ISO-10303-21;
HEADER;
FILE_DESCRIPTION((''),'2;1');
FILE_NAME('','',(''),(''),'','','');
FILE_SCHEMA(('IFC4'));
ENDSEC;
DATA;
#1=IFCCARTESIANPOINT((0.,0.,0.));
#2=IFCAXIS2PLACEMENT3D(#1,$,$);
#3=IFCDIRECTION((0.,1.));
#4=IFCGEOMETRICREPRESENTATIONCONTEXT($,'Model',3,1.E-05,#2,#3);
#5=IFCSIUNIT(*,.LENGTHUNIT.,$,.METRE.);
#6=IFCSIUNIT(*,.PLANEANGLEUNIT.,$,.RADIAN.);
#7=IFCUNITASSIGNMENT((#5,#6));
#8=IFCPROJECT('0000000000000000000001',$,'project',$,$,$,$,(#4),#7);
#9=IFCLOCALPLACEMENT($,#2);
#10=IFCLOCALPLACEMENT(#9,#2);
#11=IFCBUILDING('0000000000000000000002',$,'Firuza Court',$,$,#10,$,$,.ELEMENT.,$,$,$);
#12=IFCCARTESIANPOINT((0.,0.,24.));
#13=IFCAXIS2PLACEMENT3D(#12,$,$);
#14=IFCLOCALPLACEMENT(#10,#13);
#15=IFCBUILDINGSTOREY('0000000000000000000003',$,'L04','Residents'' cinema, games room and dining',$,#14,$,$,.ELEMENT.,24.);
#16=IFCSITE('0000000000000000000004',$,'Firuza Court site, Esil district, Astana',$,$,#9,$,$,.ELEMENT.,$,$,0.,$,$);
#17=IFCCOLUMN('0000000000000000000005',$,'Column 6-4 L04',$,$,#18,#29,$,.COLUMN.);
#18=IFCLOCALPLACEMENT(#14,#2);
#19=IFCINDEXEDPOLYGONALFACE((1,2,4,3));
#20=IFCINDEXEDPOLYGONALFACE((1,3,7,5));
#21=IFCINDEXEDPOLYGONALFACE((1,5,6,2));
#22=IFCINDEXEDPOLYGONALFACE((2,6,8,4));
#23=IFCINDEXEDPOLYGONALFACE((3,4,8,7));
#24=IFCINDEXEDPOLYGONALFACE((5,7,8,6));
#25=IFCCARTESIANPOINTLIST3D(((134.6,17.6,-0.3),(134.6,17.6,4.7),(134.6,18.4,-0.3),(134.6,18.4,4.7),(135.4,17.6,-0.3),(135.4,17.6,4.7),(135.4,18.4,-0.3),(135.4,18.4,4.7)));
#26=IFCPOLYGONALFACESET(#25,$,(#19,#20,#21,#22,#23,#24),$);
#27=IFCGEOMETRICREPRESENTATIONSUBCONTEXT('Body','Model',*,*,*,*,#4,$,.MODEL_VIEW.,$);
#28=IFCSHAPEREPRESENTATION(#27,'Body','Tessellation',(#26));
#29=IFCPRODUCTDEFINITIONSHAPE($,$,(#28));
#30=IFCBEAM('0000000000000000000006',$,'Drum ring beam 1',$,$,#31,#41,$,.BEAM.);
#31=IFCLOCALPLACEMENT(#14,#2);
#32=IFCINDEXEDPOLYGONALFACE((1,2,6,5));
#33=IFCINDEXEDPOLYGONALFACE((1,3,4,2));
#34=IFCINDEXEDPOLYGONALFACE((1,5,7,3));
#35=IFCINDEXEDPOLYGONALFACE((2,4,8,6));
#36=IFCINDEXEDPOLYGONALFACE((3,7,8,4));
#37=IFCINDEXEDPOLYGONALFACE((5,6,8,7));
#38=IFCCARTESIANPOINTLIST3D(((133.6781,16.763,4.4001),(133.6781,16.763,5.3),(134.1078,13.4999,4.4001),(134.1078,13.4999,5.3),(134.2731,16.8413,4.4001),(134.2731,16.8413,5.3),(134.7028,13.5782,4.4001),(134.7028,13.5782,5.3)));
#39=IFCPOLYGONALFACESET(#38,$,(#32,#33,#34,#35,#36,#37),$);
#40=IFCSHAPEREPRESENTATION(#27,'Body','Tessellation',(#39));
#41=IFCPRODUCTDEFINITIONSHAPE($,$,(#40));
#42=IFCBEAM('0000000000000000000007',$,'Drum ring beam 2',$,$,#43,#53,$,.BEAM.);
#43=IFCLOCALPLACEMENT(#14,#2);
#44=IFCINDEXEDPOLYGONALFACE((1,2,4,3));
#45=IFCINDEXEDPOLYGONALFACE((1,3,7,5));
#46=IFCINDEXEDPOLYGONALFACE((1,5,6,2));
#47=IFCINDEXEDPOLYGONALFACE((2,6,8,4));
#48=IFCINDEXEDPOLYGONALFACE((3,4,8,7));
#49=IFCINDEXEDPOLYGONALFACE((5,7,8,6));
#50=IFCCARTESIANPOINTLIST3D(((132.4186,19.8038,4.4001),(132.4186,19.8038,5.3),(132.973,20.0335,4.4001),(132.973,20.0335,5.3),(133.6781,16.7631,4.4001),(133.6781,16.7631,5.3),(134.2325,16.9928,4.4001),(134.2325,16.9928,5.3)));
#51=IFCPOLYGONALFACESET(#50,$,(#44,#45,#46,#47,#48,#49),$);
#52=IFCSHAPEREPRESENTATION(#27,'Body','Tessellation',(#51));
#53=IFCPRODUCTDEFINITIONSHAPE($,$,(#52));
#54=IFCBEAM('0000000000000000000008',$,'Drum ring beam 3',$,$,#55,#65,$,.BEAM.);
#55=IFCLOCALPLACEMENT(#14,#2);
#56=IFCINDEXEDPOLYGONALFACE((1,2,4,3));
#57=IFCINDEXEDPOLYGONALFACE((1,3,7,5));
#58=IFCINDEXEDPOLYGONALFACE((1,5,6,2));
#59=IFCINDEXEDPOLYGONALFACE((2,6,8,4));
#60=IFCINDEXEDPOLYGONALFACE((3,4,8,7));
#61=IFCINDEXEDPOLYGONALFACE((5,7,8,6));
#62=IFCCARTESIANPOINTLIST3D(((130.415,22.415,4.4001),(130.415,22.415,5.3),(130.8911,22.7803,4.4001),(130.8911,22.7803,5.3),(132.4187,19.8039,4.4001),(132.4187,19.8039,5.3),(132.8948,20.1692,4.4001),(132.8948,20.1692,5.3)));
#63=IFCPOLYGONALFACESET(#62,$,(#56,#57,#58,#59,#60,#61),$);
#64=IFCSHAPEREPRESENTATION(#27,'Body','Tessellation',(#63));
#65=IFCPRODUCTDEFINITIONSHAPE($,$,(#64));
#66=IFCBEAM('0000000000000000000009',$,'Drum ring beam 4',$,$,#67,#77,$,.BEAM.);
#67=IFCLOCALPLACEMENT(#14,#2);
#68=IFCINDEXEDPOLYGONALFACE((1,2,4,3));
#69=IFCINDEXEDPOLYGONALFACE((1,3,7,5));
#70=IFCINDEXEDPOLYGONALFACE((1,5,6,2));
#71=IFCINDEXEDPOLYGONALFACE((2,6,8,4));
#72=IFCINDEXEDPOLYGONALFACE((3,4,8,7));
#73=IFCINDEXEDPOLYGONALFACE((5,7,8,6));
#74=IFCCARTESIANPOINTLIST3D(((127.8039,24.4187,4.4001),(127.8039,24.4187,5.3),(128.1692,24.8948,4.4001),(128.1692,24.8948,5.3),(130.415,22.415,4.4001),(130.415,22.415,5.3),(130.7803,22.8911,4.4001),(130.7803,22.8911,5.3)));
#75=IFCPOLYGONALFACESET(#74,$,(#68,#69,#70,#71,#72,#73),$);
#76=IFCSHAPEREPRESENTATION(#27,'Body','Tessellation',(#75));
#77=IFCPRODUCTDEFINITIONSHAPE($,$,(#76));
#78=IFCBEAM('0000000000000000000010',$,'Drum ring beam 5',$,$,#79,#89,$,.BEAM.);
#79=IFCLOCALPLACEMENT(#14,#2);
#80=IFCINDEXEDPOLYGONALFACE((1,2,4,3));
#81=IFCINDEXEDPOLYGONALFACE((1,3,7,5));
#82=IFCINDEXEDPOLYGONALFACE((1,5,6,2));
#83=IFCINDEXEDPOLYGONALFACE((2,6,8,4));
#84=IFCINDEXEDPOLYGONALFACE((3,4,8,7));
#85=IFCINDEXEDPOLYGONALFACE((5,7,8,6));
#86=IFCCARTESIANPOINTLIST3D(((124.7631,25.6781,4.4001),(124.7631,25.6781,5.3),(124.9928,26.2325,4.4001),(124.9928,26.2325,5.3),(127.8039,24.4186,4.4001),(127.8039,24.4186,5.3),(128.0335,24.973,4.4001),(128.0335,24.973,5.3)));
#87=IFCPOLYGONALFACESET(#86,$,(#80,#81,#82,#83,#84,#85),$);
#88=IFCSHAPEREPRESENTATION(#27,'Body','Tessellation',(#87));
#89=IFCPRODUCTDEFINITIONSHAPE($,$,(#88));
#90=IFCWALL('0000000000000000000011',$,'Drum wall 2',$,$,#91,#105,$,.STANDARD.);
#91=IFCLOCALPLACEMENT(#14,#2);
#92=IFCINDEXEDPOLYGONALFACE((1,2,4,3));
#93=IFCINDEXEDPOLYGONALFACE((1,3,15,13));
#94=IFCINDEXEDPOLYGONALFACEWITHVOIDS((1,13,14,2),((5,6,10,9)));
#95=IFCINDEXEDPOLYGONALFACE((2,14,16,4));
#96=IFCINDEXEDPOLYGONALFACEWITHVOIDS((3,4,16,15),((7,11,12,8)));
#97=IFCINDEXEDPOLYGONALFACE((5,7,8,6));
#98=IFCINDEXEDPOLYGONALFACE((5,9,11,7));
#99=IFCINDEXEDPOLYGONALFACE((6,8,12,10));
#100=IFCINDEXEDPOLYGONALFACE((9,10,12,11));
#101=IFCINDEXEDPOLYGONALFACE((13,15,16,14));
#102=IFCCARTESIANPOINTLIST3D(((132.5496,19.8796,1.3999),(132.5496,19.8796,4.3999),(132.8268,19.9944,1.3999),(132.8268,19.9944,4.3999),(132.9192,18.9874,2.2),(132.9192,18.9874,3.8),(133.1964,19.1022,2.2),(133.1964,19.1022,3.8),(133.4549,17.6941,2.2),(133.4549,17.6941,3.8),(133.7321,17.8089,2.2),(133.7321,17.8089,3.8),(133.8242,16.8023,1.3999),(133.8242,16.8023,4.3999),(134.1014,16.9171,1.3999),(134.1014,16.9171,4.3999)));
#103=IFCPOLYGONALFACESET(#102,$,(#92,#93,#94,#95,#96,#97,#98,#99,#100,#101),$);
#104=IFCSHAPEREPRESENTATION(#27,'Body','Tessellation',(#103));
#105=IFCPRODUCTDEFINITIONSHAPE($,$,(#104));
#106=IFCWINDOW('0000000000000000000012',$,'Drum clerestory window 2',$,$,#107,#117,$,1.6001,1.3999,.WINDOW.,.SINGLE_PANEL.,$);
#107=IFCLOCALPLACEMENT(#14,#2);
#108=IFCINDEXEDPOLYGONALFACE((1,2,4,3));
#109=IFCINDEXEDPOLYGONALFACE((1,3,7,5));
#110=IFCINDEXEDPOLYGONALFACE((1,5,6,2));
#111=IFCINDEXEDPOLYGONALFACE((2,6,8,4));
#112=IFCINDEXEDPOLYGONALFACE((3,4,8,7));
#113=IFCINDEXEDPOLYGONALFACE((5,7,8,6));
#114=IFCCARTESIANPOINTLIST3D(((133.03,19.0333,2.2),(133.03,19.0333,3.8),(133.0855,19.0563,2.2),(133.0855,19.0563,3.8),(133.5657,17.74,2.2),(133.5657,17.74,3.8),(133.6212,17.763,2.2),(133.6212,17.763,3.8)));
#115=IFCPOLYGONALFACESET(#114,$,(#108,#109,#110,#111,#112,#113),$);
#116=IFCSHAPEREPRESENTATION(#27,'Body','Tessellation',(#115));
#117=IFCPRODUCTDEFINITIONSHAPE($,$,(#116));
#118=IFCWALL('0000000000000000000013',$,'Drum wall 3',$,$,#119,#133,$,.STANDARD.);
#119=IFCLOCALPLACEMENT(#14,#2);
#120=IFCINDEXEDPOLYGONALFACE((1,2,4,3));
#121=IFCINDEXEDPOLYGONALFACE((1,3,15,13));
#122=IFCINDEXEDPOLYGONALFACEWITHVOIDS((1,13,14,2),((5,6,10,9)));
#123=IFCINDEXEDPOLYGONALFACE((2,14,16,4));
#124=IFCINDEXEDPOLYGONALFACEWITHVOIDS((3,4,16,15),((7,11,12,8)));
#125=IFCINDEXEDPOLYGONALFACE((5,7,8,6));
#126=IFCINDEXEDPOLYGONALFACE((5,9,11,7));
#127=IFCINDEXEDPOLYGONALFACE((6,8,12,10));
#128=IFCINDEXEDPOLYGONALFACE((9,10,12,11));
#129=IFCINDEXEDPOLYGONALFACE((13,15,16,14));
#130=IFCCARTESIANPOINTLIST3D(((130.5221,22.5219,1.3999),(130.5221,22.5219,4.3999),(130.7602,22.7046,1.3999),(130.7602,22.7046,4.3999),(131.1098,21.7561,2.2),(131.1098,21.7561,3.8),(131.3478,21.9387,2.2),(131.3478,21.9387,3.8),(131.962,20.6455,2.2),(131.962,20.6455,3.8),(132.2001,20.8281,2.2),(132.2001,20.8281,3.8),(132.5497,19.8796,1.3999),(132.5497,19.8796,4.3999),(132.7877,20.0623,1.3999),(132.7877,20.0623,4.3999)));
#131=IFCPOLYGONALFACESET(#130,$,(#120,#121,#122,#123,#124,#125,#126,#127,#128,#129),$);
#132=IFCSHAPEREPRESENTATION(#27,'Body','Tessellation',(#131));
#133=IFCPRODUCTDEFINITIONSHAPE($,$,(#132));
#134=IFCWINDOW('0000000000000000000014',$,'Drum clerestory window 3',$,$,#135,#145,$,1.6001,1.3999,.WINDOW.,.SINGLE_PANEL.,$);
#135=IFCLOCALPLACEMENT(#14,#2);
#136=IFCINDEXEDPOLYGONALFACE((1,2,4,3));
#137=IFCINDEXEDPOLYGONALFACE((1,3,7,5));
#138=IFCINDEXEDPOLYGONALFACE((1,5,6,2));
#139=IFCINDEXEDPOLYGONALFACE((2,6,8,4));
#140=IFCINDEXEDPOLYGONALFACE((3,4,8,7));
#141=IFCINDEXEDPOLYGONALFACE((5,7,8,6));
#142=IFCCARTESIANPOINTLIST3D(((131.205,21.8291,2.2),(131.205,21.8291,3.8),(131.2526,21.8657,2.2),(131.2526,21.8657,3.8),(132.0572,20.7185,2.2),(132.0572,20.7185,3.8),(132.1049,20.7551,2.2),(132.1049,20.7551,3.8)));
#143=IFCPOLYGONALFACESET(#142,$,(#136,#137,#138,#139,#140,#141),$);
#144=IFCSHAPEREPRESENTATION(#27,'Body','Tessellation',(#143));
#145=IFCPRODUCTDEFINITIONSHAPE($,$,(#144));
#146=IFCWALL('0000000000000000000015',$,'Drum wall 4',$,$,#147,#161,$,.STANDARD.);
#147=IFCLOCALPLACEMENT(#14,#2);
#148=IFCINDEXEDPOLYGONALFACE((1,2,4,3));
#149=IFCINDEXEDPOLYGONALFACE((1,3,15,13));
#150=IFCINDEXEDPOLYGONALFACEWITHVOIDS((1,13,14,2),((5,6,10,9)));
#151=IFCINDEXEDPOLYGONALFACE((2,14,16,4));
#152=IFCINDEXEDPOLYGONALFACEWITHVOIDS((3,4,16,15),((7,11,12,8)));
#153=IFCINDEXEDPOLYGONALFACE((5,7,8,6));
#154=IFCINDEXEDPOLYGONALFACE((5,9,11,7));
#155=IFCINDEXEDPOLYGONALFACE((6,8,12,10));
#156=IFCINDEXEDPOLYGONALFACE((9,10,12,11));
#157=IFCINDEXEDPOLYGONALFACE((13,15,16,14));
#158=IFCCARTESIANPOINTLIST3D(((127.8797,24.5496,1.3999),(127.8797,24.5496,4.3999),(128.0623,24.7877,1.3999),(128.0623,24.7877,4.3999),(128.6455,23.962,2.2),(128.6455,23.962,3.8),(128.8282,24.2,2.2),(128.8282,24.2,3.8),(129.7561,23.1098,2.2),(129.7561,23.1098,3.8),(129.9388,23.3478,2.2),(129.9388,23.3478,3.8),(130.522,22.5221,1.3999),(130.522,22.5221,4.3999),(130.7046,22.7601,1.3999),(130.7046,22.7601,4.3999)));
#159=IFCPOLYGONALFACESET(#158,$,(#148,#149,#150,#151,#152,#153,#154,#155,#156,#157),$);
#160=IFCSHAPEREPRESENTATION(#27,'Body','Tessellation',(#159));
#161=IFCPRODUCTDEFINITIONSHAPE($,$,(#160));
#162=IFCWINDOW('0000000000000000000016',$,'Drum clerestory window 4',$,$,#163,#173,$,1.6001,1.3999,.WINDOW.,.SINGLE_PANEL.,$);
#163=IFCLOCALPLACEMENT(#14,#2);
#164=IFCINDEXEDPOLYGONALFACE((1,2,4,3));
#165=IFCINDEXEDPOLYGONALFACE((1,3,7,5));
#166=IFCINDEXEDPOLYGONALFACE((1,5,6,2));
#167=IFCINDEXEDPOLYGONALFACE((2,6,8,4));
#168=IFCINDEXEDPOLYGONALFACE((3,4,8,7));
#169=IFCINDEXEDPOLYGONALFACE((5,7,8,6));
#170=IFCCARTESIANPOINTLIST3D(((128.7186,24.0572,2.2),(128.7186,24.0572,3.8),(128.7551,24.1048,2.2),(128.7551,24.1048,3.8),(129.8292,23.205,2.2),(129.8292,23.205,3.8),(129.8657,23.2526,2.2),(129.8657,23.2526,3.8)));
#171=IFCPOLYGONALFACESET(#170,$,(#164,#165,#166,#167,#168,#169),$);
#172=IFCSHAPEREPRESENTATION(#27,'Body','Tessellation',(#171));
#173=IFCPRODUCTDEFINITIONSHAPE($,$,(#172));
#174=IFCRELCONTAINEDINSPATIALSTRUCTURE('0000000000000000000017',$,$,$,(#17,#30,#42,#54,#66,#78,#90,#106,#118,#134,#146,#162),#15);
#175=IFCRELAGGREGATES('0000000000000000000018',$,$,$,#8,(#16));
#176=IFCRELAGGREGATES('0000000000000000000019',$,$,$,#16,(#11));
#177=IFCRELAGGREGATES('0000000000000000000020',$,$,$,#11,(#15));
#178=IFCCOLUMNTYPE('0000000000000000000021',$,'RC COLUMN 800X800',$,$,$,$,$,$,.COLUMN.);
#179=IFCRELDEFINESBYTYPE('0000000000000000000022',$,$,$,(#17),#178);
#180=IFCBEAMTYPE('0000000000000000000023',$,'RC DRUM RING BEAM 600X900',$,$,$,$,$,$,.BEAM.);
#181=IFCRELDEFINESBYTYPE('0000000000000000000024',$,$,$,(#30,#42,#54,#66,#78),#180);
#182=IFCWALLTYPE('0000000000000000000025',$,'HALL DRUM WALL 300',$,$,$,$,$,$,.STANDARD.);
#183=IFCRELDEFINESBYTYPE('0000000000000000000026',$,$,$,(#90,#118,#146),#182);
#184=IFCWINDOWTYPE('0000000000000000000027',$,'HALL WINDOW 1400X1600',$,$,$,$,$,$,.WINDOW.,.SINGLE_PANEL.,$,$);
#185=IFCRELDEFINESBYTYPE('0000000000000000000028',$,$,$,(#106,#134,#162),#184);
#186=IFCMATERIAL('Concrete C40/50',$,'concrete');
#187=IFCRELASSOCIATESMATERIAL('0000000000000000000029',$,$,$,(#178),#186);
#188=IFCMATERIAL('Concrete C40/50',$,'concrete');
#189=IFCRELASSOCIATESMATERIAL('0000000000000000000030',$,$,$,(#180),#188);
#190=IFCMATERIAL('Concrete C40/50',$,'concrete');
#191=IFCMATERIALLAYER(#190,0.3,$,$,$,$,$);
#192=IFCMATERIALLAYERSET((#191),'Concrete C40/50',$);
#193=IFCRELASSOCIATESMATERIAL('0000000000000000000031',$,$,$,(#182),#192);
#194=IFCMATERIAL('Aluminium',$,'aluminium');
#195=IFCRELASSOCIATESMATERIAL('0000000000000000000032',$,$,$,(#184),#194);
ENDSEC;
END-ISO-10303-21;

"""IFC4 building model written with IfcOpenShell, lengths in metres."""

from ifc_helpers import new_model, si_unit, direction, frame, frame_2d, origin, origin_2d, place, context, subcontext, project, spatial, rectangle, extrude, material, layer, layer_set, material_profile, profile_set, type_object, element, fill, save


model = new_model("IFC4")

# Units and contexts
model_context = context("Model", 3, precision=1e-05, world=origin(), true_north=direction((0.0, 1.0)))
body_context = subcontext(model_context, "Body", "Model", "MODEL_VIEW")
ifc_project = project(units=[si_unit("LENGTHUNIT", "METRE"), si_unit("PLANEANGLEUNIT", "RADIAN")], contexts=[model_context])

# Site, building, storey
site_placement = place(None, origin())
site = spatial("IfcSite", under=ifc_project, at=site_placement, Name="Firuza Court site, Esil district, Astana", CompositionType="ELEMENT", RefElevation=0.0)
building_placement = place(site_placement, origin())
building = spatial("IfcBuilding", under=site, at=building_placement, Name="Firuza Court", CompositionType="ELEMENT")
storey_placement = place(building_placement, frame((0.0, 0.0, 24.0)))
storey = spatial("IfcBuildingStorey", under=building, at=storey_placement, Name="L04", Description="Residents' cinema, games room and dining", CompositionType="ELEMENT", Elevation=24.0)

# Column
ifc_material_1 = material(Name="Concrete C40/50", Category="concrete")
ifc_material_profile_1 = material_profile(ifc_material_1, rectangle(XDim=0.8, YDim=0.8, at=origin_2d()), Name="RC 800X800")
ifc_profile_set_1 = profile_set([ifc_material_profile_1], Name="Concrete C40/50")
column_type = type_object("IfcColumnType", Name="RC COLUMN 800X800", PredefinedType="COLUMN", material=ifc_profile_set_1)
column_placement = place(storey_placement, frame((135.0, 18.0, -0.3), z_axis=(0.0, 0.0, 1.0), x_axis=(1.0, 0.0, 0.0)))
element("IfcColumn", 1, at=column_placement, inside=storey, type_object=column_type, Name="Column 6-4 L04", PredefinedType="COLUMN", context=body_context, shape_type="SweptSolid", body=[
    extrude(rectangle(XDim=0.8, YDim=0.8, at=origin_2d()), origin(), (0.0, 0.0, 1.0), 5.0),
])

# Beams
ifc_material_2 = material(Name="Concrete C40/50", Category="concrete")
ifc_material_profile_2 = material_profile(ifc_material_2, rectangle(XDim=0.6001, YDim=0.8999, at=origin_2d()), Name="RC 600X900 RING")
ifc_profile_set_2 = profile_set([ifc_material_profile_2], Name="Concrete C40/50")
beam_type = type_object("IfcBeamType", Name="RC DRUM RING BEAM 600X900", PredefinedType="BEAM", material=ifc_profile_set_2)
for number, where, z_axis, x_axis, name in (
    (2, (134.4053, 13.5391, 4.8501), (-0.13055, 0.991442, 0.0), (-0.991442, -0.13055, 0.0), "Drum ring beam 1"),
    (3, (133.9553, 16.8779, 4.8501), (-0.382682, 0.92388, 0.0), (-0.92388, -0.382682, 0.0), "Drum ring beam 2"),
    (4, (132.6567, 19.9866, 4.8501), (-0.608782, 0.793338, 0.0), (-0.793338, -0.608782, 0.0), "Drum ring beam 3"),
    (5, (130.5977, 22.6531, 4.8501), (-0.793338, 0.608782, 0.0), (-0.608782, -0.793338, 0.0), "Drum ring beam 4"),
    (6, (127.9187, 24.6958, 4.8501), (-0.92388, 0.382682, 0.0), (-0.382682, -0.92388, 0.0), "Drum ring beam 5"),
):
    element("IfcBeam", number, at=place(storey_placement, frame(where, z_axis=z_axis, x_axis=x_axis)), inside=storey, type_object=beam_type, Name=name, PredefinedType="BEAM", context=body_context, shape_type="SweptSolid", body=[
        extrude(rectangle(XDim=0.6001, YDim=0.8999, at=origin_2d()), origin(), (0.0, 0.0, 1.0), 3.2913),
    ])

# Walls, openings, windows
ifc_material_3 = material(Name="Concrete C40/50", Category="concrete")
ifc_layer_1 = layer(ifc_material_3, 0.3)
ifc_layer_set_1 = layer_set([ifc_layer_1], Name="Concrete C40/50")
wall_type_1 = type_object("IfcWallType", Name="HALL DRUM WALL 300", PredefinedType="STANDARD", material=ifc_layer_set_1)
wall_1_placement = place(storey_placement, frame((133.9629, 16.8596, 1.3999), z_axis=(0.0, 0.0, 1.0), x_axis=(-0.382673, 0.923884, 0.0)))
wall_1 = element("IfcWall", 7, at=wall_1_placement, inside=storey, type_object=wall_type_1, Name="Drum wall 2", PredefinedType="STANDARD", context=body_context, shape_type="SweptSolid", body=[
    extrude(rectangle(XDim=3.3308, YDim=0.3, at=frame_2d((1.6655, 0.0))), origin(), (0.0, 0.0, 1.0), 3.0),
])
opening_1_placement = place(wall_1_placement, frame((0.9653, 0.0, 0.8)))
opening_1 = element("IfcOpeningElement", 8, at=opening_1_placement, cuts=wall_1, PredefinedType="OPENING", context=body_context, shape_type="SweptSolid", body=[
    extrude(rectangle(XDim=1.3999, YDim=1.6001, at=frame_2d((0.7, 0.8))), frame((0.0, 0.1621, 0.0), z_axis=(0.0, -1.0, 0.0), x_axis=(1.0, 0.0, 0.0)), (0.0, 0.0, 1.0), 0.324),
])
ifc_material_4 = material(Name="Aluminium", Category="aluminium")
window_type = type_object("IfcWindowType", Name="HALL WINDOW 1400X1600", PartitioningType="SINGLE_PANEL", PredefinedType="WINDOW", material=ifc_material_4)
window_1_placement = place(opening_1_placement, origin())
window_1 = element("IfcWindow", 9, at=window_1_placement, inside=storey, type_object=window_type, Name="Drum clerestory window 2", OverallHeight=1.6001, OverallWidth=1.3999, PartitioningType="SINGLE_PANEL", PredefinedType="WINDOW", context=body_context, shape_type="SweptSolid", body=[
    extrude(rectangle(XDim=1.3999, YDim=1.6001, at=frame_2d((0.7, 0.8))), frame((0.0, 0.03, 0.0), z_axis=(0.0, -1.0, 0.0), x_axis=(1.0, 0.0, 0.0)), (0.0, 0.0, 1.0), 0.0601),
])
fill(opening_1, window_1)
wall_2_placement = place(storey_placement, frame((132.6687, 19.9709, 1.3999), z_axis=(0.0, 0.0, 1.0), x_axis=(-0.608772, 0.793346, 0.0)))
wall_2 = element("IfcWall", 10, at=wall_2_placement, inside=storey, type_object=wall_type_1, Name="Drum wall 3", PredefinedType="STANDARD", context=body_context, shape_type="SweptSolid", body=[
    extrude(rectangle(XDim=3.3306, YDim=0.3, at=frame_2d((1.6653, 0.0))), origin(), (0.0, 0.0, 1.0), 3.0),
])
opening_2_placement = place(wall_2_placement, frame((0.9653, 0.0, 0.8)))
opening_2 = element("IfcOpeningElement", 11, at=opening_2_placement, cuts=wall_2, PredefinedType="OPENING", context=body_context, shape_type="SweptSolid", body=[
    extrude(rectangle(XDim=1.3999, YDim=1.6001, at=frame_2d((0.7, 0.8))), frame((0.0, 0.1621, 0.0), z_axis=(0.0, -1.0, 0.0), x_axis=(1.0, 0.0, 0.0)), (0.0, 0.0, 1.0), 0.324),
])
window_2_placement = place(opening_2_placement, origin())
window_2 = element("IfcWindow", 12, at=window_2_placement, inside=storey, type_object=window_type, Name="Drum clerestory window 3", OverallHeight=1.6001, OverallWidth=1.3999, PartitioningType="SINGLE_PANEL", PredefinedType="WINDOW", context=body_context, shape_type="SweptSolid", body=[
    extrude(rectangle(XDim=1.3999, YDim=1.6001, at=frame_2d((0.7, 0.8))), frame((0.0, 0.03, 0.0), z_axis=(0.0, -1.0, 0.0), x_axis=(1.0, 0.0, 0.0)), (0.0, 0.0, 1.0), 0.0601),
])
fill(opening_2, window_2)
wall_3_placement = place(storey_placement, frame((130.6133, 22.6411, 1.3999), z_axis=(0.0, 0.0, 1.0), x_axis=(-0.793346, 0.608772, 0.0)))
wall_3 = element("IfcWall", 13, at=wall_3_placement, inside=storey, type_object=wall_type_1, Name="Drum wall 4", PredefinedType="STANDARD", context=body_context, shape_type="SweptSolid", body=[
    extrude(rectangle(XDim=3.3306, YDim=0.3, at=frame_2d((1.6653, 0.0))), origin(), (0.0, 0.0, 1.0), 3.0),
])
opening_3_placement = place(wall_3_placement, frame((0.9653, 0.0, 0.8)))
opening_3 = element("IfcOpeningElement", 14, at=opening_3_placement, cuts=wall_3, PredefinedType="OPENING", context=body_context, shape_type="SweptSolid", body=[
    extrude(rectangle(XDim=1.3999, YDim=1.6001, at=frame_2d((0.7, 0.8))), frame((0.0, 0.1621, 0.0), z_axis=(0.0, -1.0, 0.0), x_axis=(1.0, 0.0, 0.0)), (0.0, 0.0, 1.0), 0.324),
])
window_3_placement = place(opening_3_placement, origin())
window_3 = element("IfcWindow", 15, at=window_3_placement, inside=storey, type_object=window_type, Name="Drum clerestory window 4", OverallHeight=1.6001, OverallWidth=1.3999, PartitioningType="SINGLE_PANEL", PredefinedType="WINDOW", context=body_context, shape_type="SweptSolid", body=[
    extrude(rectangle(XDim=1.3999, YDim=1.6001, at=frame_2d((0.7, 0.8))), frame((0.0, 0.03, 0.0), z_axis=(0.0, -1.0, 0.0), x_axis=(1.0, 0.0, 0.0)), (0.0, 0.0, 1.0), 0.0601),
])
fill(opening_3, window_3)

save(model, "model.ifc")
